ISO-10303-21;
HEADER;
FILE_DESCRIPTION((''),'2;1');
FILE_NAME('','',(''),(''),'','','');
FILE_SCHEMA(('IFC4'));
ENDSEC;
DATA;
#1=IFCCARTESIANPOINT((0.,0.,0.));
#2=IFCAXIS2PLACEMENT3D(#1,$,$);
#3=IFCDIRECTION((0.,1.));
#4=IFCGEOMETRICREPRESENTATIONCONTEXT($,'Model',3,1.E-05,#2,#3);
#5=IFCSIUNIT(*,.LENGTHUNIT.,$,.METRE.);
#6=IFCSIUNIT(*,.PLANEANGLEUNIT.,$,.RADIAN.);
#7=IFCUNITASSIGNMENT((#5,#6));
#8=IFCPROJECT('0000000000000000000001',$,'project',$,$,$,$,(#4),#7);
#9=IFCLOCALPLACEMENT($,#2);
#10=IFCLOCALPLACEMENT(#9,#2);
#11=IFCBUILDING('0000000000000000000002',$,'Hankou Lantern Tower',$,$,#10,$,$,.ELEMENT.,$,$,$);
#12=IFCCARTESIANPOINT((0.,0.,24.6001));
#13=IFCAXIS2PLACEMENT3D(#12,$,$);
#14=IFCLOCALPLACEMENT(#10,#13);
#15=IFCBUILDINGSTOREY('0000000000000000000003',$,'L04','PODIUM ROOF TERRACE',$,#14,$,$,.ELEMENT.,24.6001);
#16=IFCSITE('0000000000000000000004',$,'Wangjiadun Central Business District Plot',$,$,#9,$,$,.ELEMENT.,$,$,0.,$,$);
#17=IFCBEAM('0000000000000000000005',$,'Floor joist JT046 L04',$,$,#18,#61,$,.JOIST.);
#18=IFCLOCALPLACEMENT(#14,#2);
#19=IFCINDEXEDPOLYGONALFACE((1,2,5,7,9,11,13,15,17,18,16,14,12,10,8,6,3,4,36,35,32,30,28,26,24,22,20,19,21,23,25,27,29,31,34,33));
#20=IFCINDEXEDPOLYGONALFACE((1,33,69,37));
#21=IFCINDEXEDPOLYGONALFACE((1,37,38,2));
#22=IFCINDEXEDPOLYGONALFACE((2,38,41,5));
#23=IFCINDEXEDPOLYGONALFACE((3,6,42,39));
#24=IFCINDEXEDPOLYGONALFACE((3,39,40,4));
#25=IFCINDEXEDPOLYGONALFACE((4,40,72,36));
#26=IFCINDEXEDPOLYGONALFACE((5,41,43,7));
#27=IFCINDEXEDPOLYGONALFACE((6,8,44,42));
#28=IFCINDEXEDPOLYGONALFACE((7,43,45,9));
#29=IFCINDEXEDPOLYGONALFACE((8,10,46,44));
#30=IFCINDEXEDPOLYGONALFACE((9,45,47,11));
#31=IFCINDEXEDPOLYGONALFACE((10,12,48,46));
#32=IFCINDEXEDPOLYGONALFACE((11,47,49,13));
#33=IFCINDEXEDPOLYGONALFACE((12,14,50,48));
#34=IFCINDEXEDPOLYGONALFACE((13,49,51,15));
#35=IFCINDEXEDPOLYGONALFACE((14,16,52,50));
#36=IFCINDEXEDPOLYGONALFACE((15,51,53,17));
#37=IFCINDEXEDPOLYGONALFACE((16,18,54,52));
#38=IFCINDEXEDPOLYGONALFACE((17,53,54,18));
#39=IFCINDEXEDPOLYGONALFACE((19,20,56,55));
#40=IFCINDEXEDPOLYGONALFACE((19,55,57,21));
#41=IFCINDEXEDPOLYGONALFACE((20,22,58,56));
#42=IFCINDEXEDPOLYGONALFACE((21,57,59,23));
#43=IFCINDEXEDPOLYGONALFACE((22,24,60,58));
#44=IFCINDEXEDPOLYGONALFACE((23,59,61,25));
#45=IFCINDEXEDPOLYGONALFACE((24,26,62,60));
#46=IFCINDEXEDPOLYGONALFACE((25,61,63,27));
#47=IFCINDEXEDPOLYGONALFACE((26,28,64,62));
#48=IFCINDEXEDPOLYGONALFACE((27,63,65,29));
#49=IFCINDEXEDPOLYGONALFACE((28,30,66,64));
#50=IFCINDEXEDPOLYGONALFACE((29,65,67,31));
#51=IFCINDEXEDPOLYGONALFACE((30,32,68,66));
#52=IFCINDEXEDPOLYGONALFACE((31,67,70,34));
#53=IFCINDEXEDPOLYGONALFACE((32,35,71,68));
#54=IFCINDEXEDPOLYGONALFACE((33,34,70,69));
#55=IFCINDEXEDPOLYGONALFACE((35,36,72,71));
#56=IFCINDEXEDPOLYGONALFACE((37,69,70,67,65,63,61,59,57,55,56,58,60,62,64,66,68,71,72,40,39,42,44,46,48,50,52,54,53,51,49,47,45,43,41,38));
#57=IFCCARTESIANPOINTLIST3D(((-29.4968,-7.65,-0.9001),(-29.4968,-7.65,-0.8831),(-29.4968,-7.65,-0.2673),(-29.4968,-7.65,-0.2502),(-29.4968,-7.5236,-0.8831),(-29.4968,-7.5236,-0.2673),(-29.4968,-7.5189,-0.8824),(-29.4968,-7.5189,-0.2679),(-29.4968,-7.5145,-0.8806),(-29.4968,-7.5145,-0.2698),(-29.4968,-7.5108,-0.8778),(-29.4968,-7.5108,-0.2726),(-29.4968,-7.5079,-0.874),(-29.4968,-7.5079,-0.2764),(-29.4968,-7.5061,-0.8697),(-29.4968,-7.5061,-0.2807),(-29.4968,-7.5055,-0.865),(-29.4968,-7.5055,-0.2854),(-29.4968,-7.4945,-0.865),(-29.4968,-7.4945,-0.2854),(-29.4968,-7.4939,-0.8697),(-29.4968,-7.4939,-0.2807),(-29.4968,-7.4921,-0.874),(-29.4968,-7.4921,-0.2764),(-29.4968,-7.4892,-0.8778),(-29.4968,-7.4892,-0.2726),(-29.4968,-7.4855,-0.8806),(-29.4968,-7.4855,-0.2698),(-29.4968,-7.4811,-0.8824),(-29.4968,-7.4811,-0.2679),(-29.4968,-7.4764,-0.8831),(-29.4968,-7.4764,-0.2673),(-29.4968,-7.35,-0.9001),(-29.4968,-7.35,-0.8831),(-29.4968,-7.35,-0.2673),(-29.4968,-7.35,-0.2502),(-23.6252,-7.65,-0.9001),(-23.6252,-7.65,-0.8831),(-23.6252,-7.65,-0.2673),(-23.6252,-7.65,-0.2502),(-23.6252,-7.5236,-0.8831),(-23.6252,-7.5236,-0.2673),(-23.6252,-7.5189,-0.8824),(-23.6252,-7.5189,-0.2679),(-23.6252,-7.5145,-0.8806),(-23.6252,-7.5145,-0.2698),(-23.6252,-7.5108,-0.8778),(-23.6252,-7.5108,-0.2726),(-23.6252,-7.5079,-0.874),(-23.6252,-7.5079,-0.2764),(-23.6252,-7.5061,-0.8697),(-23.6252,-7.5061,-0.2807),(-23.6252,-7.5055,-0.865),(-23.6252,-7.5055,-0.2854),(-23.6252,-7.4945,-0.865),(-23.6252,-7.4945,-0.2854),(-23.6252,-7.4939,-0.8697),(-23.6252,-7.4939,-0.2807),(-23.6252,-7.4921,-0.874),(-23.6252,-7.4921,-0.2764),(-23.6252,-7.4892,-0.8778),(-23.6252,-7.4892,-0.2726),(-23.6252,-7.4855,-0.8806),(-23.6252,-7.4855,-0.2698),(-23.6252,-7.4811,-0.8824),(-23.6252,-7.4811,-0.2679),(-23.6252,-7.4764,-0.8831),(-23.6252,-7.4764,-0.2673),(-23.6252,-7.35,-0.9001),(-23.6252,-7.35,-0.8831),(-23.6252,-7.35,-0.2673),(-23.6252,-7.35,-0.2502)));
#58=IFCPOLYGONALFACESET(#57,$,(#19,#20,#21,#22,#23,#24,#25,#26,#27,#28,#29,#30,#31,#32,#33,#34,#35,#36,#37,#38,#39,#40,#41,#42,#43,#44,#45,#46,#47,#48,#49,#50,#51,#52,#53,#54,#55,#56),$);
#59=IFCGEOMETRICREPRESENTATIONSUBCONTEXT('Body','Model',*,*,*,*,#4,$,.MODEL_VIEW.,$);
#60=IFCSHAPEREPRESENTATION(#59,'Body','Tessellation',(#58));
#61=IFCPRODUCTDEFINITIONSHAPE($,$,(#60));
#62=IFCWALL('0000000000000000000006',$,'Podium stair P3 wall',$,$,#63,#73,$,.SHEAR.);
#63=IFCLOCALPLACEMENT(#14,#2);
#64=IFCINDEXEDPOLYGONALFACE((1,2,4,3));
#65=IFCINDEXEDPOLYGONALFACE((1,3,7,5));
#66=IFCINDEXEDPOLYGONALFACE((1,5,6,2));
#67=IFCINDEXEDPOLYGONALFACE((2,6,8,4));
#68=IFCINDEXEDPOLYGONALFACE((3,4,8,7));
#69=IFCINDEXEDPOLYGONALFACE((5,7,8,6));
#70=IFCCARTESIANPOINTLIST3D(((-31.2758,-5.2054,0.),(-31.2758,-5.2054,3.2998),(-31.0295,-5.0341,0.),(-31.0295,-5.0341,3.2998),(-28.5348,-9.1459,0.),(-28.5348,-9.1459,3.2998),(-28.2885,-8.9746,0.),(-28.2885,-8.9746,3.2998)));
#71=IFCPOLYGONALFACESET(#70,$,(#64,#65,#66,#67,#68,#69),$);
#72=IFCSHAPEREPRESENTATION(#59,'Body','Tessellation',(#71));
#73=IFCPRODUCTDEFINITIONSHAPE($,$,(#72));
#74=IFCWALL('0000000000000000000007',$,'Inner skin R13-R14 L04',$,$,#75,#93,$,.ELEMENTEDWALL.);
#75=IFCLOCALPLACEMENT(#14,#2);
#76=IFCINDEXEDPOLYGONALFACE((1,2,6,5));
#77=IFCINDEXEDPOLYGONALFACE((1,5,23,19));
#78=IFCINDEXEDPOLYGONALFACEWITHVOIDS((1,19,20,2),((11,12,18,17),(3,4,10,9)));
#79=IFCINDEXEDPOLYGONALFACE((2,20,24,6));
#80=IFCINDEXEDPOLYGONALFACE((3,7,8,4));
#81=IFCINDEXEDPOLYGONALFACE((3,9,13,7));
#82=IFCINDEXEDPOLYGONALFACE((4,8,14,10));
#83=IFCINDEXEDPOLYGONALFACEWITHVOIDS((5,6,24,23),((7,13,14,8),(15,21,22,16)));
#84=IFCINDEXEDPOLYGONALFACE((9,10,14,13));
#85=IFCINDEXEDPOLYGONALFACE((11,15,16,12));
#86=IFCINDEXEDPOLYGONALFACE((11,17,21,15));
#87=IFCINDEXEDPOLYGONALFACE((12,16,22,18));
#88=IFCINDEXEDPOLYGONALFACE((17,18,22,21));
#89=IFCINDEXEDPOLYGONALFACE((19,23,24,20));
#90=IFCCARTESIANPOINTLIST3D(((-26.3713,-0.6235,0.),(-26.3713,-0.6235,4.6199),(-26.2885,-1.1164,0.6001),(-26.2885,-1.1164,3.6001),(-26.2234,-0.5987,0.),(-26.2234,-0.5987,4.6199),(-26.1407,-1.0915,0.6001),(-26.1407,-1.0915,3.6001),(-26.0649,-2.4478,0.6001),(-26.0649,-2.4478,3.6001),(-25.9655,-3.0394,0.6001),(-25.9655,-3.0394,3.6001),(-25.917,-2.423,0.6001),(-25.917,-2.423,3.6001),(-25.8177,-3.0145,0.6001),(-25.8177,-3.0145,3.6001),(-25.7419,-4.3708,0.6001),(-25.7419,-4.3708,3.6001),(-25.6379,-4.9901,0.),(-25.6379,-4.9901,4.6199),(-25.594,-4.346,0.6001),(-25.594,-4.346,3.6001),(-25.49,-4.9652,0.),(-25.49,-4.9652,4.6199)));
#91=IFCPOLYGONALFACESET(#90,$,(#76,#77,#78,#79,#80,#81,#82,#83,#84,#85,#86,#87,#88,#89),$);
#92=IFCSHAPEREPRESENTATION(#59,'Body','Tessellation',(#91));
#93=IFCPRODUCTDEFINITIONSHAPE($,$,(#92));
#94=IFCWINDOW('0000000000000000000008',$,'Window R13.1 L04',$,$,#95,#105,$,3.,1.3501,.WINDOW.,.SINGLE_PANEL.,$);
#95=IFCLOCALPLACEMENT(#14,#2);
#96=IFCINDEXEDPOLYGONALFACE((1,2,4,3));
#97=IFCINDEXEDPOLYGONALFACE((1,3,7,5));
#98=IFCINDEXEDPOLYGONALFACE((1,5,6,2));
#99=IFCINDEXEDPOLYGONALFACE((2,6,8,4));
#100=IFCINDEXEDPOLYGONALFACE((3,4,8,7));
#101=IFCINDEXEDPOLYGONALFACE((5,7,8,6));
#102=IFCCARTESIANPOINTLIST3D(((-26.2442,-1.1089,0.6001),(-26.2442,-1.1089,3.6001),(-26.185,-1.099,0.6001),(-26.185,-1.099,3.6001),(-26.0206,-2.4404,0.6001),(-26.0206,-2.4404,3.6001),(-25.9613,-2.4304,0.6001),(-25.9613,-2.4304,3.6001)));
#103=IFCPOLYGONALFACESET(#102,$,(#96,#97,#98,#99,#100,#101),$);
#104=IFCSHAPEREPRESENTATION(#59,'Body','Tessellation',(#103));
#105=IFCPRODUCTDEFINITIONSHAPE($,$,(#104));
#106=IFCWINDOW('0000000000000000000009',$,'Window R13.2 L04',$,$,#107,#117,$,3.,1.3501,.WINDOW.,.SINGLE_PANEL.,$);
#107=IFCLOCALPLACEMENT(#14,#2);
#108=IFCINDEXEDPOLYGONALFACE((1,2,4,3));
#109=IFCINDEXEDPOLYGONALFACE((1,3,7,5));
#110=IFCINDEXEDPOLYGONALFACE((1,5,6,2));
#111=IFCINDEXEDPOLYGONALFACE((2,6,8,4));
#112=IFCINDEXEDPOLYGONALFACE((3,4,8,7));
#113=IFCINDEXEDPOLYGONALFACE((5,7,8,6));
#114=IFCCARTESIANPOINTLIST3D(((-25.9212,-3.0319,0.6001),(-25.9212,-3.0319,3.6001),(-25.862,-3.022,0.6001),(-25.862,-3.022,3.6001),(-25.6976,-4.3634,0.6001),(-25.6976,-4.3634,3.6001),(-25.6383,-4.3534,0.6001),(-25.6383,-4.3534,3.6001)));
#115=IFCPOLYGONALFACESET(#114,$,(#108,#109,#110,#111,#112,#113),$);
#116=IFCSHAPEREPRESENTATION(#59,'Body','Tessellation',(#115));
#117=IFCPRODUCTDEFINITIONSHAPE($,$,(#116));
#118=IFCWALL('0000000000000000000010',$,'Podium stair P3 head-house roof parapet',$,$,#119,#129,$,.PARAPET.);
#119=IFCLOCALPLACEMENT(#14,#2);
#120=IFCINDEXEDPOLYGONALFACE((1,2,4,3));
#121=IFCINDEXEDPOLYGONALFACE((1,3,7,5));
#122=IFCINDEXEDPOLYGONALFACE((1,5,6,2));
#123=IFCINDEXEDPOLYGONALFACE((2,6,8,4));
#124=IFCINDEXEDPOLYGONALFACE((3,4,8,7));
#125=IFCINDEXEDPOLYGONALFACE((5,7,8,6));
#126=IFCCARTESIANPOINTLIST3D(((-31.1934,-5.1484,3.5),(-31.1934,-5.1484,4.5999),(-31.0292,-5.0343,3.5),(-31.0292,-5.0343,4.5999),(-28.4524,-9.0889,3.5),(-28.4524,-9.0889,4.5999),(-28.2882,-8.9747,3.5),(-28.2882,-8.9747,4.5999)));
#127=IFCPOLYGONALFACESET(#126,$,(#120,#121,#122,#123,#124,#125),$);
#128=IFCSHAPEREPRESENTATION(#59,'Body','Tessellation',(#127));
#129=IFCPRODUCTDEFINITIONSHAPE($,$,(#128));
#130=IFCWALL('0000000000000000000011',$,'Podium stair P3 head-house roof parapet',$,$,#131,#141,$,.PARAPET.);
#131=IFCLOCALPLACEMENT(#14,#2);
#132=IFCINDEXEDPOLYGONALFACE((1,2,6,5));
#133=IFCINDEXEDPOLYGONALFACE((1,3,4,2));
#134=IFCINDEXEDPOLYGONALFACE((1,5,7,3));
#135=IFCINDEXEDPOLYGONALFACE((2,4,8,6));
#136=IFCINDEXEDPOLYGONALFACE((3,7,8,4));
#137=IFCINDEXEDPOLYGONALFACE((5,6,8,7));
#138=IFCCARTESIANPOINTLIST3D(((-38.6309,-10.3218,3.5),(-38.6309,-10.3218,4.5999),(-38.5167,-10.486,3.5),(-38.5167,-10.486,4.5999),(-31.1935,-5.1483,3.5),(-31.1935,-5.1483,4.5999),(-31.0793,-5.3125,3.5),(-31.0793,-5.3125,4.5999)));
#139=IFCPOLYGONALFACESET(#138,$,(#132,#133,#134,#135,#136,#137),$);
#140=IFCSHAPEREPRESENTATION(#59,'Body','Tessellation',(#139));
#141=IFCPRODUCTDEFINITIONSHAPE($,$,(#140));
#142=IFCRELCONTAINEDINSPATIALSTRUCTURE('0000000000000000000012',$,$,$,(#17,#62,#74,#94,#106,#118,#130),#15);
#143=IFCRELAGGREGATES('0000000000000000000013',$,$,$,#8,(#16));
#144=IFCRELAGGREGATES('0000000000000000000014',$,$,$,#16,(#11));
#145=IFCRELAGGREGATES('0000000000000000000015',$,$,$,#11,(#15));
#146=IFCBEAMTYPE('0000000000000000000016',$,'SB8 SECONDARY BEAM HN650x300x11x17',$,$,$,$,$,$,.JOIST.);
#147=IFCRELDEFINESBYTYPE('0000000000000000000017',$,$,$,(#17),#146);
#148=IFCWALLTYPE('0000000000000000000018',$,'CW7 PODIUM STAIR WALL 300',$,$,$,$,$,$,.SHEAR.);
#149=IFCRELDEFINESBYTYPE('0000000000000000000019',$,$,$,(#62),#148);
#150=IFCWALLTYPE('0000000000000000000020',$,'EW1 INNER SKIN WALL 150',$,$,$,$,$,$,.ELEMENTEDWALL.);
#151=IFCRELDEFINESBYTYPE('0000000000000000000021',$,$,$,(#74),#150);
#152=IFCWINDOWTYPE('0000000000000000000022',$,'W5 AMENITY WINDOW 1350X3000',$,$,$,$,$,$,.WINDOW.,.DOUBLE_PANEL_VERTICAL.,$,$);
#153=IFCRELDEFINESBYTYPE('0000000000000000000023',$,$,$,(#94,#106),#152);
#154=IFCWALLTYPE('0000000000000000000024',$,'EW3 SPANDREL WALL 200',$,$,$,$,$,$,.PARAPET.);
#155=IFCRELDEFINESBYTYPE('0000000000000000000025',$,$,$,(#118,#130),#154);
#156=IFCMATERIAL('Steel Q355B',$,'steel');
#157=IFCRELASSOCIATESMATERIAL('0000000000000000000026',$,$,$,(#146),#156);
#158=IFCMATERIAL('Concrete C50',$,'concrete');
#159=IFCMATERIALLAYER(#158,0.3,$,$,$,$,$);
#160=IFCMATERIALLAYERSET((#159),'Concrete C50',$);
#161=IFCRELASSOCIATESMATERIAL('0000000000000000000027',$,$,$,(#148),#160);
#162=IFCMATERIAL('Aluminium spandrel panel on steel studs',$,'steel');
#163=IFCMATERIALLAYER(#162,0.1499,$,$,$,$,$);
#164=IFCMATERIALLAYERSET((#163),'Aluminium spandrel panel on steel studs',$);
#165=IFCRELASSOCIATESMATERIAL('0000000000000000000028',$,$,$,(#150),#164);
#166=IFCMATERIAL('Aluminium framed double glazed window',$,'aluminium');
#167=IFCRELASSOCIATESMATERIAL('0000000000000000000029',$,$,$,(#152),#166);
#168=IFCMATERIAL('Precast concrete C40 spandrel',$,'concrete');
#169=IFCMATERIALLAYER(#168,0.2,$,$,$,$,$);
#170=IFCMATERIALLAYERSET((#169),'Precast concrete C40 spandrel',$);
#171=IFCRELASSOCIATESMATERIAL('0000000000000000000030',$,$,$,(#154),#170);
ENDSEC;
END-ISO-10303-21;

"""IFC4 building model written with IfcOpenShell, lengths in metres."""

from ifc_helpers import new_model, si_unit, direction, frame, frame_2d, origin, origin_2d, place, context, subcontext, project, spatial, rectangle, i_section, extrude, material, layer, layer_set, material_profile, profile_set, type_object, element, fill, save


model = new_model("IFC4")

# Units and contexts
model_context = context("Model", 3, precision=1e-05, world=origin(), true_north=direction((0.0, 1.0)))
body_context = subcontext(model_context, "Body", "Model", "MODEL_VIEW")
ifc_project = project(units=[si_unit("LENGTHUNIT", "METRE"), si_unit("PLANEANGLEUNIT", "RADIAN")], contexts=[model_context])

# Site, building, storey
site_placement = place(None, origin())
site = spatial("IfcSite", under=ifc_project, at=site_placement, Name="Wangjiadun Central Business District Plot", CompositionType="ELEMENT", RefElevation=0.0)
building_placement = place(site_placement, origin())
building = spatial("IfcBuilding", under=site, at=building_placement, Name="Hankou Lantern Tower", CompositionType="ELEMENT")
storey_placement = place(building_placement, frame((0.0, 0.0, 24.6001)))
storey = spatial("IfcBuildingStorey", under=building, at=storey_placement, Name="L04", Description="PODIUM ROOF TERRACE", CompositionType="ELEMENT", Elevation=24.6001)

# Beam
ifc_material_1 = material(Name="Steel Q355B", Category="steel")
ifc_material_profile_1 = material_profile(ifc_material_1, i_section(OverallWidth=0.3, OverallDepth=0.6499, WebThickness=0.011, FlangeThickness=0.0171, FilletRadius=0.0181, at=origin_2d()), Name="HN650x300x11x17")
ifc_profile_set_1 = profile_set([ifc_material_profile_1], Name="Steel Q355B")
beam_type_1 = type_object("IfcBeamType", Name="SB8 SECONDARY BEAM HN650x300x11x17", PredefinedType="JOIST", material=ifc_profile_set_1)
beam_1_placement = place(storey_placement, frame((-29.4968, -7.5, -0.5752), z_axis=(1.0, 0.0, 0.0), x_axis=(0.0, 1.0, 0.0)))
element("IfcBeam", 1, at=beam_1_placement, inside=storey, type_object=beam_type_1, Name="Floor joist JT046 L04", PredefinedType="JOIST", context=body_context, shape_type="SweptSolid", body=[
    extrude(i_section(OverallWidth=0.3, OverallDepth=0.6499, WebThickness=0.011, FlangeThickness=0.0171, FilletRadius=0.0181, at=origin_2d()), origin(), (0.0, 0.0, 1.0), 5.8716),
])

# Wall
ifc_material_2 = material(Name="Concrete C50", Category="concrete")
ifc_layer_1 = layer(ifc_material_2, 0.3)
ifc_layer_set_1 = layer_set([ifc_layer_1], Name="Concrete C50")
wall_type_1 = type_object("IfcWallType", Name="CW7 PODIUM STAIR WALL 300", PredefinedType="SHEAR", material=ifc_layer_set_1)
wall_1_placement = place(storey_placement, frame((-31.1526, -5.1199, 0.0), z_axis=(0.0, 0.0, 1.0), x_axis=(0.571036, -0.820925, 0.0)))
element("IfcWall", 2, at=wall_1_placement, inside=storey, type_object=wall_type_1, Name="Podium stair P3 wall", PredefinedType="SHEAR", context=body_context, shape_type="SweptSolid", body=[
    extrude(rectangle(XDim=4.8, YDim=0.3, at=frame_2d((2.3999, 0.0))), origin(), (0.0, 0.0, 1.0), 3.2998),
])

# Wall, openings, windows
ifc_material_3 = material(Name="Aluminium spandrel panel on steel studs", Category="steel")
ifc_layer_2 = layer(ifc_material_3, 0.1499)
ifc_layer_set_2 = layer_set([ifc_layer_2], Name="Aluminium spandrel panel on steel studs")
wall_type_2 = type_object("IfcWallType", Name="EW1 INNER SKIN WALL 150", PredefinedType="ELEMENTEDWALL", material=ifc_layer_set_2)
wall_2_placement = place(storey_placement, frame((-26.2974, -0.6111, 0.0), z_axis=(0.0, 0.0, 1.0), x_axis=(0.165642, -0.986186, 0.0)))
wall_2 = element("IfcWall", 3, at=wall_2_placement, inside=storey, type_object=wall_type_2, Name="Inner skin R13-R14 L04", PredefinedType="ELEMENTEDWALL", context=body_context, shape_type="SweptSolid", body=[
    extrude(rectangle(XDim=4.4277, YDim=0.1499, at=frame_2d((2.2139, 0.0))), origin(), (0.0, 0.0, 1.0), 4.6199),
])
opening_1_placement = place(wall_2_placement, frame((0.4998, 0.0, 0.6001)))
opening_1 = element("IfcOpeningElement", 4, at=opening_1_placement, cuts=wall_2, PredefinedType="OPENING", context=body_context, shape_type="SweptSolid", body=[
    extrude(rectangle(XDim=1.3501, YDim=3.0, at=frame_2d((0.675, 1.5))), frame((0.0, 0.085, 0.0), z_axis=(0.0, -1.0, 0.0), x_axis=(1.0, 0.0, 0.0)), (0.0, 0.0, 1.0), 0.1699),
])
opening_2_placement = place(wall_2_placement, frame((2.4497, 0.0, 0.6001)))
opening_2 = element("IfcOpeningElement", 5, at=opening_2_placement, cuts=wall_2, PredefinedType="OPENING", context=body_context, shape_type="SweptSolid", body=[
    extrude(rectangle(XDim=1.3501, YDim=3.0, at=frame_2d((0.675, 1.5))), frame((0.0, 0.085, 0.0), z_axis=(0.0, -1.0, 0.0), x_axis=(1.0, 0.0, 0.0)), (0.0, 0.0, 1.0), 0.1699),
])
ifc_material_4 = material(Name="Aluminium framed double glazed window", Category="aluminium")
window_type = type_object("IfcWindowType", Name="W5 AMENITY WINDOW 1350X3000", PartitioningType="DOUBLE_PANEL_VERTICAL", PredefinedType="WINDOW", material=ifc_material_4)
window_1_placement = place(opening_1_placement, origin())
window_1 = element("IfcWindow", 6, at=window_1_placement, inside=storey, type_object=window_type, Name="Window R13.1 L04", OverallHeight=3.0, OverallWidth=1.3501, PartitioningType="SINGLE_PANEL", PredefinedType="WINDOW", context=body_context, shape_type="SweptSolid", body=[
    extrude(rectangle(XDim=1.3501, YDim=3.0, at=frame_2d((0.675, 1.5))), frame((0.0, 0.03, 0.0), z_axis=(0.0, -1.0, 0.0), x_axis=(1.0, 0.0, 0.0)), (0.0, 0.0, 1.0), 0.0601),
])
fill(opening_1, window_1)
window_2_placement = place(opening_2_placement, origin())
window_2 = element("IfcWindow", 7, at=window_2_placement, inside=storey, type_object=window_type, Name="Window R13.2 L04", OverallHeight=3.0, OverallWidth=1.3501, PartitioningType="SINGLE_PANEL", PredefinedType="WINDOW", context=body_context, shape_type="SweptSolid", body=[
    extrude(rectangle(XDim=1.3501, YDim=3.0, at=frame_2d((0.675, 1.5))), frame((0.0, 0.03, 0.0), z_axis=(0.0, -1.0, 0.0), x_axis=(1.0, 0.0, 0.0)), (0.0, 0.0, 1.0), 0.0601),
])
fill(opening_2, window_2)

# Walls
ifc_material_5 = material(Name="Precast concrete C40 spandrel", Category="concrete")
ifc_layer_3 = layer(ifc_material_5, 0.2)
ifc_layer_set_3 = layer_set([ifc_layer_3], Name="Precast concrete C40 spandrel")
wall_type_3 = type_object("IfcWallType", Name="EW3 SPANDREL WALL 200", PredefinedType="PARAPET", material=ifc_layer_set_3)
wall_3_placement = place(storey_placement, frame((-28.3704, -9.0317, 3.5), z_axis=(0.0, 0.0, 1.0), x_axis=(-0.571036, 0.820925, 0.0)))
element("IfcWall", 8, at=wall_3_placement, inside=storey, type_object=wall_type_3, Name="Podium stair P3 head-house roof parapet", PredefinedType="PARAPET", context=body_context, shape_type="SweptSolid", body=[
    extrude(rectangle(XDim=4.8, YDim=0.2, at=frame_2d((2.3999, 0.0))), origin(), (0.0, 0.0, 1.0), 1.0999),
])
wall_4_placement = place(storey_placement, frame((-31.1365, -5.2305, 3.5), z_axis=(0.0, 0.0, 1.0), x_axis=(-0.820922, -0.57104, 0.0)))
element("IfcWall", 9, at=wall_4_placement, inside=storey, type_object=wall_type_3, Name="Podium stair P3 head-house roof parapet", PredefinedType="PARAPET", context=body_context, shape_type="SweptSolid", body=[
    extrude(rectangle(XDim=9.0598, YDim=0.2, at=frame_2d((4.5298, 0.0))), origin(), (0.0, 0.0, 1.0), 1.0999),
])

save(model, "model.ifc")
